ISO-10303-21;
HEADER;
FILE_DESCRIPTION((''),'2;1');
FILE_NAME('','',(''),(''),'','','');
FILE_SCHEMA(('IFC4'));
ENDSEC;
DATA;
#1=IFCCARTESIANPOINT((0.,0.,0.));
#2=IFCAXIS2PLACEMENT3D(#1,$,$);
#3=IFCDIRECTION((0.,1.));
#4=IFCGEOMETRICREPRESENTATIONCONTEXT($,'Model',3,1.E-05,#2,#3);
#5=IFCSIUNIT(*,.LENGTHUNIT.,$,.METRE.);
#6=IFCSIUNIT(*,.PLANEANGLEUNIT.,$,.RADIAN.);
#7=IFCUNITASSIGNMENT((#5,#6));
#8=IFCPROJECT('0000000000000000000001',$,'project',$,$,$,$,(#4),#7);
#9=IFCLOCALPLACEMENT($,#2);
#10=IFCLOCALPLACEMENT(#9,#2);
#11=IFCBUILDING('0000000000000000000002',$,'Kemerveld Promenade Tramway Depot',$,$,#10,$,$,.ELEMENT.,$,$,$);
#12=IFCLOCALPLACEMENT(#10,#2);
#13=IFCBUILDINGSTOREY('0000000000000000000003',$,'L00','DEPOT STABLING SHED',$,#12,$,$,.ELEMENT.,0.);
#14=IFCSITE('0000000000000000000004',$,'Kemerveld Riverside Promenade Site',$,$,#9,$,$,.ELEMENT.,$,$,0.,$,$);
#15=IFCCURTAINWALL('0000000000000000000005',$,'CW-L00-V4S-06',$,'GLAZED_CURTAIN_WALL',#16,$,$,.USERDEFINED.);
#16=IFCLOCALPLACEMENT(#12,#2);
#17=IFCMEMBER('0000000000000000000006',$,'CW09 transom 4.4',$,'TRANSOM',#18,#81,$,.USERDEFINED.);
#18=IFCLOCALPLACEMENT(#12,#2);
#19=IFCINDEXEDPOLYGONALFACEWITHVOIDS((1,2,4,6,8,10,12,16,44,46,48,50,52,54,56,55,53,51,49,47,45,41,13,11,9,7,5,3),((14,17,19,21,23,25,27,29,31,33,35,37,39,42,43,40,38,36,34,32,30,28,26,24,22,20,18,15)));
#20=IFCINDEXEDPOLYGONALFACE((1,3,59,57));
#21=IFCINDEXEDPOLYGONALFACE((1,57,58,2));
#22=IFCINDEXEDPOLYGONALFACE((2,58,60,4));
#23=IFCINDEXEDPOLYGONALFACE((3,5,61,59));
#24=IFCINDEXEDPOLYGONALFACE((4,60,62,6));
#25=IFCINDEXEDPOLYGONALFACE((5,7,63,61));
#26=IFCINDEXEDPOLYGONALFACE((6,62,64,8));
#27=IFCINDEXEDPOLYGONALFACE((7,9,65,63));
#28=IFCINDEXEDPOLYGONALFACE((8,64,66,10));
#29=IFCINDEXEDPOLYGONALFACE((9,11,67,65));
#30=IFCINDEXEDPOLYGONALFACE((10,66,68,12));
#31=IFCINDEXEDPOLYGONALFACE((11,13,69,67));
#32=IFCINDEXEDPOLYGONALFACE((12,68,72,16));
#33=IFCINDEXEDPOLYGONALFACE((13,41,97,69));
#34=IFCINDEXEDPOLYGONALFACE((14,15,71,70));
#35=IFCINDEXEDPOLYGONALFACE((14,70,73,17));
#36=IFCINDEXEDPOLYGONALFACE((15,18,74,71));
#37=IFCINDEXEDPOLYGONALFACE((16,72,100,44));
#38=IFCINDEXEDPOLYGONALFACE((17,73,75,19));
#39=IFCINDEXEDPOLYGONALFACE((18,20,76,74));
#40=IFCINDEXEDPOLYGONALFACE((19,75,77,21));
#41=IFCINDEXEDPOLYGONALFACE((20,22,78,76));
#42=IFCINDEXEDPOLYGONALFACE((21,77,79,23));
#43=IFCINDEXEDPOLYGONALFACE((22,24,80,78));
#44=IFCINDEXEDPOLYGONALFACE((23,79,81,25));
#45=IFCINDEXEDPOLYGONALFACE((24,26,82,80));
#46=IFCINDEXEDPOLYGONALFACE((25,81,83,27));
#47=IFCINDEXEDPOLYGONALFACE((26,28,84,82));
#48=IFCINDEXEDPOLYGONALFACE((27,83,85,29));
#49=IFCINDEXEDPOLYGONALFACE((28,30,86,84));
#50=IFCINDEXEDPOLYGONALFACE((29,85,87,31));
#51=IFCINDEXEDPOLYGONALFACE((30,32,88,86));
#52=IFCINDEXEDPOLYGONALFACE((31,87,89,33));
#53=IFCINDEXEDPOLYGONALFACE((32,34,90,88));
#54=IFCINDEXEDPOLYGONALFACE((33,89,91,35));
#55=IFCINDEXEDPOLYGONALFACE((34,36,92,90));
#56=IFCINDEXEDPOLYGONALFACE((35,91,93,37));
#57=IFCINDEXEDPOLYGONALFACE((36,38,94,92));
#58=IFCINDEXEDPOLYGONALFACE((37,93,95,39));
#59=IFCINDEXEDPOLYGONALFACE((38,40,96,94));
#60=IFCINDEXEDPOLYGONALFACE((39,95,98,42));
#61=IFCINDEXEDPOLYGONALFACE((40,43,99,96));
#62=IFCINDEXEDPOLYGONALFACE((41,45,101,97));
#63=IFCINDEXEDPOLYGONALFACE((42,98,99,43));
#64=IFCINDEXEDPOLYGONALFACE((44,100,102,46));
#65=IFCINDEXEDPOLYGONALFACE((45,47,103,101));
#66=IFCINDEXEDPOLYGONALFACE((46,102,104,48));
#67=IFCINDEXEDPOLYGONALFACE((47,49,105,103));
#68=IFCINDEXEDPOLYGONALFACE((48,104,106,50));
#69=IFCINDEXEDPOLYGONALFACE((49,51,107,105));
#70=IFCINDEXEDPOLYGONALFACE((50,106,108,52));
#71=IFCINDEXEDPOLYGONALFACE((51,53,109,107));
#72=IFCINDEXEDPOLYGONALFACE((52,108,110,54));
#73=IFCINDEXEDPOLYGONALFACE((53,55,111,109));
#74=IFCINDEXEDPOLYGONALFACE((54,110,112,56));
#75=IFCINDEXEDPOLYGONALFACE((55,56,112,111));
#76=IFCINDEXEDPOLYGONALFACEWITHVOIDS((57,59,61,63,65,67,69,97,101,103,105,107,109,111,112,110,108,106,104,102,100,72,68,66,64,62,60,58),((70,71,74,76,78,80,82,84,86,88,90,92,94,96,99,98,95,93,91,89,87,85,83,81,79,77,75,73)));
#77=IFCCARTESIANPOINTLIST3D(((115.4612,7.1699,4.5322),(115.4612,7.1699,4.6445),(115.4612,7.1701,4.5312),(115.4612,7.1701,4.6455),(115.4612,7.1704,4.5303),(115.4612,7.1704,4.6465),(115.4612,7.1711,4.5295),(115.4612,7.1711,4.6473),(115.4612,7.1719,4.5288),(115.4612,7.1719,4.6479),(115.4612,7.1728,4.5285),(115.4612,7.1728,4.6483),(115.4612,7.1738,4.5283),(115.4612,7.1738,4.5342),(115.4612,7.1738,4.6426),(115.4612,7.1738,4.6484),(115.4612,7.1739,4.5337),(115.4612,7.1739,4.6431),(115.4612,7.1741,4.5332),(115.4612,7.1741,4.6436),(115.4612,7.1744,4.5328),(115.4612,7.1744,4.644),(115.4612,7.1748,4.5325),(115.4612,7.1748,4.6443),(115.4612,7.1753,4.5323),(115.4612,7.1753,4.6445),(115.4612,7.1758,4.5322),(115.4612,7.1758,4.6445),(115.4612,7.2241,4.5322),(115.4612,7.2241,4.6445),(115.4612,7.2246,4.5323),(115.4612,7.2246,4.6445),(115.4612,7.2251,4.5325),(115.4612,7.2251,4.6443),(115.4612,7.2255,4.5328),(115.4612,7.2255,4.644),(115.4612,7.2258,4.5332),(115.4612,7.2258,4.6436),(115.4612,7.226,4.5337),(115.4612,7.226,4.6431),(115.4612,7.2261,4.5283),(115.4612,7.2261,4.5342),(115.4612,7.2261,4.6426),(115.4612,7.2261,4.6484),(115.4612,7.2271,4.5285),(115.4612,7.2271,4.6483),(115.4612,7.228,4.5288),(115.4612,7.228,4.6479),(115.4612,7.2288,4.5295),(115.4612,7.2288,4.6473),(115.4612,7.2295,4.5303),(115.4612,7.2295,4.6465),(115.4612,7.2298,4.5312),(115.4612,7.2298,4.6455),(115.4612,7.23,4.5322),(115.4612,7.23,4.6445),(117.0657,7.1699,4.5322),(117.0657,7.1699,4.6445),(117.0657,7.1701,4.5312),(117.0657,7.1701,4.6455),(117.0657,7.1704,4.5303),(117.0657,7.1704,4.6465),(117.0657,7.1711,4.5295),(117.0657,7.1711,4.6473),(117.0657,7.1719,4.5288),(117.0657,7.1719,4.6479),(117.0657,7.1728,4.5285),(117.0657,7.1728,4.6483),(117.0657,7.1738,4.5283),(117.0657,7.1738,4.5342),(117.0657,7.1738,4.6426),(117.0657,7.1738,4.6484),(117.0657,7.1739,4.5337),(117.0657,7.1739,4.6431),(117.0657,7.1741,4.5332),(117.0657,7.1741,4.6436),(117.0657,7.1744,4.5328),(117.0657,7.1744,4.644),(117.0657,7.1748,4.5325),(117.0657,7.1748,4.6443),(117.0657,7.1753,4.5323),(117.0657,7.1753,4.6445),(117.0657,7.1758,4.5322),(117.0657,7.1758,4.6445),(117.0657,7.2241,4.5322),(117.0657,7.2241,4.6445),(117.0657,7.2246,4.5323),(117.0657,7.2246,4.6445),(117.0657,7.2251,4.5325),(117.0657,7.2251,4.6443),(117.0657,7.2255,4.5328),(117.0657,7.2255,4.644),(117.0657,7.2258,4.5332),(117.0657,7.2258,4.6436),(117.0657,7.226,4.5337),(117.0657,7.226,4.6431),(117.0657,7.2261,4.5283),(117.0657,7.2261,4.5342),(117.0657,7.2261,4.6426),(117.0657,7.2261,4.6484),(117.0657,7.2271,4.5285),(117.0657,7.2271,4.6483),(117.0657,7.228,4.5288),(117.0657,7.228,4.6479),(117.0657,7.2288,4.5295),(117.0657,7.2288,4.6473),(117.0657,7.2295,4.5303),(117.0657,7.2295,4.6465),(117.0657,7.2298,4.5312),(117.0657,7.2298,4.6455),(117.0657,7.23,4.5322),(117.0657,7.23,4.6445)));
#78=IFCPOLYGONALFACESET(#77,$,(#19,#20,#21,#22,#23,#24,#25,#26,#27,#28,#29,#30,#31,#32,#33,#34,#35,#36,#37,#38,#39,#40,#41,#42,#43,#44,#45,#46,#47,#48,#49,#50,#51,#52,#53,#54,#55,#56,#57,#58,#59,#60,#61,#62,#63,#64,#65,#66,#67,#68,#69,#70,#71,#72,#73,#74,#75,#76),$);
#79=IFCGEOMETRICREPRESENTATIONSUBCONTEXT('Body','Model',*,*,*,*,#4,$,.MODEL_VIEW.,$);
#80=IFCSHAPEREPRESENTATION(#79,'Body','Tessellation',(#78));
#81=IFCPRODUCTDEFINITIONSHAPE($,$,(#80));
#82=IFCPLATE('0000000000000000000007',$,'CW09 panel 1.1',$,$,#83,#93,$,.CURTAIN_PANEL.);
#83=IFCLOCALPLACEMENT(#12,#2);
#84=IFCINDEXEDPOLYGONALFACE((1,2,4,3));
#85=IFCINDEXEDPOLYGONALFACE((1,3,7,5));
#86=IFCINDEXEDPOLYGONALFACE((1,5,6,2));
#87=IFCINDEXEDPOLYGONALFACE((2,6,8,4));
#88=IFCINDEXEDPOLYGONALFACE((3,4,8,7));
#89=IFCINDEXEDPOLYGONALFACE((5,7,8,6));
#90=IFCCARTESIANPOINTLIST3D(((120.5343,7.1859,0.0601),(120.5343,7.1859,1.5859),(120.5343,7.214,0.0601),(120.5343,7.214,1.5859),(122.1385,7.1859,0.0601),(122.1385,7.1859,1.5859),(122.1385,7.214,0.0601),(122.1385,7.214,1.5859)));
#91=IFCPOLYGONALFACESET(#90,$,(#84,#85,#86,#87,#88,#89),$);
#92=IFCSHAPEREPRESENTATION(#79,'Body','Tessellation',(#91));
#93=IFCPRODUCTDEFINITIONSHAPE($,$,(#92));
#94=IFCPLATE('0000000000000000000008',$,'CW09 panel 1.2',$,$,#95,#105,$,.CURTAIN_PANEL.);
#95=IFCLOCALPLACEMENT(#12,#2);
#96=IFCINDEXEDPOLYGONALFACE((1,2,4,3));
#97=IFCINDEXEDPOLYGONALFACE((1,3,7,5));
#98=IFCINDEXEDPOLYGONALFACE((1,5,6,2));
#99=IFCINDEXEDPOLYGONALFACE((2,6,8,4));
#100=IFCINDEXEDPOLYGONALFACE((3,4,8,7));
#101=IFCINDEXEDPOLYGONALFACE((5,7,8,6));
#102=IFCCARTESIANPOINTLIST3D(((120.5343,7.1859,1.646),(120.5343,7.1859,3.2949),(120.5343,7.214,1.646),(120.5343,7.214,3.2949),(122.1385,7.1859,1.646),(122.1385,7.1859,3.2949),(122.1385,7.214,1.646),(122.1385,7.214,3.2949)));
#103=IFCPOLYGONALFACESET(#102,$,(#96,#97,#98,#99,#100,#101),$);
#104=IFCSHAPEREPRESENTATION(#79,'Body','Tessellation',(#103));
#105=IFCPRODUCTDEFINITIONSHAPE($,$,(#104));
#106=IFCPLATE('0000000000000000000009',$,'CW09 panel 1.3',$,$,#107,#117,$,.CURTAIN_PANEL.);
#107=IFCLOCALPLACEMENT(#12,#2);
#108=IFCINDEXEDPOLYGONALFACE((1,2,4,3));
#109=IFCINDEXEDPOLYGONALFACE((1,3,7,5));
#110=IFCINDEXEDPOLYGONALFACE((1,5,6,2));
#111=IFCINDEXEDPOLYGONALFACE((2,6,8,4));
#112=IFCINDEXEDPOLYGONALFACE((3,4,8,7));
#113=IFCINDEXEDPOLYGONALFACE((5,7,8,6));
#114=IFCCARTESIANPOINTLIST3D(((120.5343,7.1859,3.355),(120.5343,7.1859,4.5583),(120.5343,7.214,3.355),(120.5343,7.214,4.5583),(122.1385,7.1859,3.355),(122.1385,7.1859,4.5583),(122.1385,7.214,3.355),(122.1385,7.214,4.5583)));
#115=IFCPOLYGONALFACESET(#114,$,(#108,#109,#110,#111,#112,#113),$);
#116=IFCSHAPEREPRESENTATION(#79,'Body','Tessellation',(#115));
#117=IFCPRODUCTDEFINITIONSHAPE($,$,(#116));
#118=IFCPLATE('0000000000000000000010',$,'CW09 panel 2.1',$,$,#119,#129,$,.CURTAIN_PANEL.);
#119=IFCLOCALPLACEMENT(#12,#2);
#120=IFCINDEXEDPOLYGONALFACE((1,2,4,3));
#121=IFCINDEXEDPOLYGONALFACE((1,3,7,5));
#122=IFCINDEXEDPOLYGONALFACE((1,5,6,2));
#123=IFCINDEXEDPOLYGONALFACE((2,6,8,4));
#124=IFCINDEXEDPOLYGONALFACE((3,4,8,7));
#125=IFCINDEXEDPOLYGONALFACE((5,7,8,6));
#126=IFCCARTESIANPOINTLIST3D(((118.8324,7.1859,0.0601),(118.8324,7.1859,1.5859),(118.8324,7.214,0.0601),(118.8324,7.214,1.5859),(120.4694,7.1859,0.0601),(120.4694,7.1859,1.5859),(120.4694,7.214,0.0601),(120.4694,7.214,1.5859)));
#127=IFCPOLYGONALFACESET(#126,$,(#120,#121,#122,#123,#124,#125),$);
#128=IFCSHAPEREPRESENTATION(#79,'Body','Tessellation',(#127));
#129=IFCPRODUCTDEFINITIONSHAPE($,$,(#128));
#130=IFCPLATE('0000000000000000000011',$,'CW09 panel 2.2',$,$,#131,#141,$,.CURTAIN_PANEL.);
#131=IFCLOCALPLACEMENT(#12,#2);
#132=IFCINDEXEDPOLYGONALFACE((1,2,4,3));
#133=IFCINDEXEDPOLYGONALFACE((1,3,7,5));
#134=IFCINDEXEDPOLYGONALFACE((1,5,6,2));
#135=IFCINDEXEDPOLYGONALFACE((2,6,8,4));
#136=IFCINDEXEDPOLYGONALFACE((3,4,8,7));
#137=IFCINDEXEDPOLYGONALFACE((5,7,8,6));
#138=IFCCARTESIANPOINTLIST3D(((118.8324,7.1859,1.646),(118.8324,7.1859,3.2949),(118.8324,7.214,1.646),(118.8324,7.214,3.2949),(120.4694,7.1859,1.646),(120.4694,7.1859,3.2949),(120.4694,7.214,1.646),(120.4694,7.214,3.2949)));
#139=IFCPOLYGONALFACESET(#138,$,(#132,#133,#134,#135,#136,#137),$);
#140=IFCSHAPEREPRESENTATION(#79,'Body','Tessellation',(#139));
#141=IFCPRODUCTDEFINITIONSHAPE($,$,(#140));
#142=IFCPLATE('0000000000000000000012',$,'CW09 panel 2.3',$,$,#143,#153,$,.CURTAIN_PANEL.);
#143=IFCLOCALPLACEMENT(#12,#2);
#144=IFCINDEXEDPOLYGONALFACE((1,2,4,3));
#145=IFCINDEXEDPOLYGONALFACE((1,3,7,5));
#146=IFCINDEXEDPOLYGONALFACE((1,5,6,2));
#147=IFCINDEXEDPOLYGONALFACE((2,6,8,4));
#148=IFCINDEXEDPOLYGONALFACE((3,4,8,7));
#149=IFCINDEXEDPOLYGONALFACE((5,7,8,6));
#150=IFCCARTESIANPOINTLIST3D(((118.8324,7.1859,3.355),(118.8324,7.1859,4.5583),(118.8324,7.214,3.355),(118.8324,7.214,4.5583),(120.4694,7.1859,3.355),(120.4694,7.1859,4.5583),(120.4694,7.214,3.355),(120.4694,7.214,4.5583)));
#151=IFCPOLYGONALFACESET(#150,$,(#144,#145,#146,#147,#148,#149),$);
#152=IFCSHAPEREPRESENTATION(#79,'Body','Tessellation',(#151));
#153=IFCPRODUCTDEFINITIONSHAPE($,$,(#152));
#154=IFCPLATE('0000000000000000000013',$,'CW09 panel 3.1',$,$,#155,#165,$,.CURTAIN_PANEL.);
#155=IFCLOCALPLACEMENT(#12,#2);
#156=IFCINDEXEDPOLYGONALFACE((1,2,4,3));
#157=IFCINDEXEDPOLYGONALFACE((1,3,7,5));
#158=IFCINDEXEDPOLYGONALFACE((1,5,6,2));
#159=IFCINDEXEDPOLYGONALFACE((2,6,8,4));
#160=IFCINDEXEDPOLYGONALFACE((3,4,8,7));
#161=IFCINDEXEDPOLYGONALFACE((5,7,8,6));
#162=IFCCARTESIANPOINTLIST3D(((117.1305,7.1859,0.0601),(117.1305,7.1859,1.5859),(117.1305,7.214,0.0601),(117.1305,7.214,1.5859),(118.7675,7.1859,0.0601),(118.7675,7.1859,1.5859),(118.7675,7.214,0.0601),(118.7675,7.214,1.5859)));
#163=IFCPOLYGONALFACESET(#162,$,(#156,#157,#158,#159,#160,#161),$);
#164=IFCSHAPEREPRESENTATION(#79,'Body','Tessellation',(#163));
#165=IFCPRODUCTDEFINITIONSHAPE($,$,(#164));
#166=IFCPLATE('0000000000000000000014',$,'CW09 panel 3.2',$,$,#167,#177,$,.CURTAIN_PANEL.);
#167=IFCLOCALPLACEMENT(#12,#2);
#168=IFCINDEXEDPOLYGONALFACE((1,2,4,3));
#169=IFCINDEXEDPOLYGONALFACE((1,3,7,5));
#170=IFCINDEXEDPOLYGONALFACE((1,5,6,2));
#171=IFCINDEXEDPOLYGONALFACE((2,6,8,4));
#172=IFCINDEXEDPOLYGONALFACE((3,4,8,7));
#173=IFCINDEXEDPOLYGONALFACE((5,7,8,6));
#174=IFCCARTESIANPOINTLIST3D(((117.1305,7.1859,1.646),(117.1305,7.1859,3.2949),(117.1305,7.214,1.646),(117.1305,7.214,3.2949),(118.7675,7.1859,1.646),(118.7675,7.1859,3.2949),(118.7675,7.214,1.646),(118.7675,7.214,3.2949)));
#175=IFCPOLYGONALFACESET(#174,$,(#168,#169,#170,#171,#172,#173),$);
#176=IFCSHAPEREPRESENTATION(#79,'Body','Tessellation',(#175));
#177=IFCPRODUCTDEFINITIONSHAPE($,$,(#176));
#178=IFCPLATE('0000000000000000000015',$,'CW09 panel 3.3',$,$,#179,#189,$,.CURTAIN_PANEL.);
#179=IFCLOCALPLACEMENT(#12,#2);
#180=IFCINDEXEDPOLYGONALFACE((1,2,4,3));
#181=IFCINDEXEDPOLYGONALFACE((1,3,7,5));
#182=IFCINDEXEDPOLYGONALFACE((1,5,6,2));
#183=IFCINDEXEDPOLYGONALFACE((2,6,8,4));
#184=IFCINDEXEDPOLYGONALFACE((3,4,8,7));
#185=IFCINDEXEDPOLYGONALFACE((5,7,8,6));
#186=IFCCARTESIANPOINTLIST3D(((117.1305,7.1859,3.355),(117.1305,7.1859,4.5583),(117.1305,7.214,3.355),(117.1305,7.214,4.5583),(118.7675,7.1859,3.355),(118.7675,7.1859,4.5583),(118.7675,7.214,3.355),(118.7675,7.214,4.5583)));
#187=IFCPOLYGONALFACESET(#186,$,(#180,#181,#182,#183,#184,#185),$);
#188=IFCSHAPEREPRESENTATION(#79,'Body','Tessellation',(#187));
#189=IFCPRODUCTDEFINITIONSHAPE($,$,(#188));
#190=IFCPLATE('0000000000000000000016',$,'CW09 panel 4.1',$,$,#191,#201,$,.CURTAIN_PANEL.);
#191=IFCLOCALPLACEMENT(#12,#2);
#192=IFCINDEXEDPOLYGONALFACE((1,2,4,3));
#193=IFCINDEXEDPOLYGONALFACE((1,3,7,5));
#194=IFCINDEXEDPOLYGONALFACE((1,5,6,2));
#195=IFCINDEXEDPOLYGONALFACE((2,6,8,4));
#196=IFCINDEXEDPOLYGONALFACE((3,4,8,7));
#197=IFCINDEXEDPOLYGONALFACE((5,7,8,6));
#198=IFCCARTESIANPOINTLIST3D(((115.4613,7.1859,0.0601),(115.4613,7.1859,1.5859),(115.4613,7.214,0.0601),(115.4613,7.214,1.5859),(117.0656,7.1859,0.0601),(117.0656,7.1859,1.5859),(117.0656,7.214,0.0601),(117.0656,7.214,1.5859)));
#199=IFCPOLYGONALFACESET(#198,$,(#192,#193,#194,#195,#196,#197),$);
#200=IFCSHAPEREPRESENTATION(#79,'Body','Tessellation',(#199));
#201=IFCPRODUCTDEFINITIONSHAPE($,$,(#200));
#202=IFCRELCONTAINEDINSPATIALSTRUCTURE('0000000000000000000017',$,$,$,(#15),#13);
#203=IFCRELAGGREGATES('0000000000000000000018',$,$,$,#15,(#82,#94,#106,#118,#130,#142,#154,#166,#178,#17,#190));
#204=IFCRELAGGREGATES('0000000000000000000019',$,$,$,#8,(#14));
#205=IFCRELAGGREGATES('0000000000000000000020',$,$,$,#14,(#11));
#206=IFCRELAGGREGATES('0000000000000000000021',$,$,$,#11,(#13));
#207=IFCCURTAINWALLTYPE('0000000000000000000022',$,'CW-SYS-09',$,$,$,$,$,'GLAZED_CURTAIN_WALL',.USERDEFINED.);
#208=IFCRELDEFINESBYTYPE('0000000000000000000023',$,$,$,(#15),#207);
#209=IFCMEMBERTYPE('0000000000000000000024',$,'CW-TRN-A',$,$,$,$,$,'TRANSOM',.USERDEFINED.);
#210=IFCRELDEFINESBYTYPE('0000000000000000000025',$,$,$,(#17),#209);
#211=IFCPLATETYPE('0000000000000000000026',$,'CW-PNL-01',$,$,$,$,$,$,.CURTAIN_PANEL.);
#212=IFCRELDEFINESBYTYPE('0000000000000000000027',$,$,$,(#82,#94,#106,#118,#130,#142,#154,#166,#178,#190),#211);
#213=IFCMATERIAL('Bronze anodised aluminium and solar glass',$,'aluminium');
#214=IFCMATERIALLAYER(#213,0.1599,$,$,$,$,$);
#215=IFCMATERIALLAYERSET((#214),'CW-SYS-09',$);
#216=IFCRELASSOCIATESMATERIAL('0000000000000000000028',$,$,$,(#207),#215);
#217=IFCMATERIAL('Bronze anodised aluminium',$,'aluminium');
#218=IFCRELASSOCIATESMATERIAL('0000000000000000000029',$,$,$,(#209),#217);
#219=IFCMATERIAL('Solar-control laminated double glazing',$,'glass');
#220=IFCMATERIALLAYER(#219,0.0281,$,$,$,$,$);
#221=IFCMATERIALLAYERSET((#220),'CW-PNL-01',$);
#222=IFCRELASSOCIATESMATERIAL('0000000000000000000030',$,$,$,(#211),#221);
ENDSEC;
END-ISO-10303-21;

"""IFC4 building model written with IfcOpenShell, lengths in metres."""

from ifc_helpers import new_model, si_unit, direction, frame, origin, origin_2d, place, context, subcontext, project, spatial, rectangle, hollow_rectangle, extrude, material, layer, layer_set, material_profile, profile_set, type_object, element, aggregate, save


model = new_model("IFC4")

# Units and contexts
model_context = context("Model", 3, precision=1e-05, world=origin(), true_north=direction((0.0, 1.0)))
body_context = subcontext(model_context, "Body", "Model", "MODEL_VIEW")
ifc_project = project(units=[si_unit("LENGTHUNIT", "METRE"), si_unit("PLANEANGLEUNIT", "RADIAN")], contexts=[model_context])

# Site, building, storey
site_placement = place(None, origin())
site = spatial("IfcSite", under=ifc_project, at=site_placement, Name="Kemerveld Riverside Promenade Site", CompositionType="ELEMENT", RefElevation=0.0)
building_placement = place(site_placement, origin())
building = spatial("IfcBuilding", under=site, at=building_placement, Name="Kemerveld Promenade Tramway Depot", CompositionType="ELEMENT")
storey_placement = place(building_placement, origin())
storey = spatial("IfcBuildingStorey", under=building, at=storey_placement, Name="L00", Description="DEPOT STABLING SHED", CompositionType="ELEMENT", Elevation=0.0)

# Curtain wall, member, plates
ifc_material_1 = material(Name="Bronze anodised aluminium and solar glass", Category="aluminium")
ifc_layer_1 = layer(ifc_material_1, 0.1599)
ifc_layer_set_1 = layer_set([ifc_layer_1], Name="CW-SYS-09")
curtain_wall_type = type_object("IfcCurtainWallType", Name="CW-SYS-09", ElementType="GLAZED_CURTAIN_WALL", PredefinedType="USERDEFINED", material=ifc_layer_set_1)
curtain_wall_placement = place(storey_placement, origin())
curtain_wall = element("IfcCurtainWall", 1, at=curtain_wall_placement, inside=storey, type_object=curtain_wall_type, Name="CW-L00-V4S-06", ObjectType="GLAZED_CURTAIN_WALL", PredefinedType="USERDEFINED")
ifc_material_2 = material(Name="Bronze anodised aluminium", Category="aluminium")
ifc_material_profile_1 = material_profile(ifc_material_2, hollow_rectangle(XDim=0.0601, YDim=0.1201, WallThickness=0.0039, InnerFilletRadius=0.002, OuterFilletRadius=0.0039, at=origin_2d()), Name="CW-TRN-120x60")
ifc_profile_set_1 = profile_set([ifc_material_profile_1], Name="Bronze anodised aluminium")
member_type_1 = type_object("IfcMemberType", Name="CW-TRN-A", ElementType="TRANSOM", PredefinedType="USERDEFINED", material=ifc_profile_set_1)
member_1_placement = place(storey_placement, frame((117.0657, 7.2, 4.5884), z_axis=(-1.0, 0.0, 0.0), x_axis=(0.0, -1.0, 0.0)))
member_1 = element("IfcMember", 2, at=member_1_placement, type_object=member_type_1, Name="CW09 transom 4.4", ObjectType="TRANSOM", PredefinedType="USERDEFINED", context=body_context, shape_type="SweptSolid", body=[
    extrude(hollow_rectangle(XDim=0.0601, YDim=0.1201, WallThickness=0.0039, InnerFilletRadius=0.002, OuterFilletRadius=0.0039, at=origin_2d()), origin(), (0.0, 0.0, 1.0), 1.6045),
])
ifc_material_3 = material(Name="Solar-control laminated double glazing", Category="glass")
ifc_layer_2 = layer(ifc_material_3, 0.0281)
ifc_layer_set_2 = layer_set([ifc_layer_2], Name="CW-PNL-01")
plate_type = type_object("IfcPlateType", Name="CW-PNL-01", PredefinedType="CURTAIN_PANEL", material=ifc_layer_set_2)
plate_1_placement = place(storey_placement, frame((121.3364, 7.2, 0.0601), z_axis=(0.0, 0.0, 1.0), x_axis=(-1.0, 0.0, 0.0)))
plate_1 = element("IfcPlate", 3, at=plate_1_placement, type_object=plate_type, Name="CW09 panel 1.1", PredefinedType="CURTAIN_PANEL", context=body_context, shape_type="SweptSolid", body=[
    extrude(rectangle(XDim=1.6042, YDim=0.0281, at=origin_2d()), origin(), (0.0, 0.0, 1.0), 1.5259),
])
plate_2_placement = place(storey_placement, frame((121.3364, 7.2, 1.646), z_axis=(0.0, 0.0, 1.0), x_axis=(-1.0, 0.0, 0.0)))
plate_2 = element("IfcPlate", 4, at=plate_2_placement, type_object=plate_type, Name="CW09 panel 1.2", PredefinedType="CURTAIN_PANEL", context=body_context, shape_type="SweptSolid", body=[
    extrude(rectangle(XDim=1.6042, YDim=0.0281, at=origin_2d()), origin(), (0.0, 0.0, 1.0), 1.6489),
])
plate_3_placement = place(storey_placement, frame((121.3364, 7.2, 3.355), z_axis=(0.0, 0.0, 1.0), x_axis=(-1.0, 0.0, 0.0)))
plate_3 = element("IfcPlate", 5, at=plate_3_placement, type_object=plate_type, Name="CW09 panel 1.3", PredefinedType="CURTAIN_PANEL", context=body_context, shape_type="SweptSolid", body=[
    extrude(rectangle(XDim=1.6042, YDim=0.0281, at=origin_2d()), origin(), (0.0, 0.0, 1.0), 1.2034),
])
plate_4_placement = place(storey_placement, frame((119.6509, 7.2, 0.0601), z_axis=(0.0, 0.0, 1.0), x_axis=(-1.0, 0.0, 0.0)))
plate_4 = element("IfcPlate", 6, at=plate_4_placement, type_object=plate_type, Name="CW09 panel 2.1", PredefinedType="CURTAIN_PANEL", context=body_context, shape_type="SweptSolid", body=[
    extrude(rectangle(XDim=1.637, YDim=0.0281, at=origin_2d()), origin(), (0.0, 0.0, 1.0), 1.5259),
])
plate_5_placement = place(storey_placement, frame((119.6509, 7.2, 1.646), z_axis=(0.0, 0.0, 1.0), x_axis=(-1.0, 0.0, 0.0)))
plate_5 = element("IfcPlate", 7, at=plate_5_placement, type_object=plate_type, Name="CW09 panel 2.2", PredefinedType="CURTAIN_PANEL", context=body_context, shape_type="SweptSolid", body=[
    extrude(rectangle(XDim=1.637, YDim=0.0281, at=origin_2d()), origin(), (0.0, 0.0, 1.0), 1.6489),
])
plate_6_placement = place(storey_placement, frame((119.6509, 7.2, 3.355), z_axis=(0.0, 0.0, 1.0), x_axis=(-1.0, 0.0, 0.0)))
plate_6 = element("IfcPlate", 8, at=plate_6_placement, type_object=plate_type, Name="CW09 panel 2.3", PredefinedType="CURTAIN_PANEL", context=body_context, shape_type="SweptSolid", body=[
    extrude(rectangle(XDim=1.637, YDim=0.0281, at=origin_2d()), origin(), (0.0, 0.0, 1.0), 1.2034),
])
plate_7_placement = place(storey_placement, frame((117.949, 7.2, 0.0601), z_axis=(0.0, 0.0, 1.0), x_axis=(-1.0, 0.0, 0.0)))
plate_7 = element("IfcPlate", 9, at=plate_7_placement, type_object=plate_type, Name="CW09 panel 3.1", PredefinedType="CURTAIN_PANEL", context=body_context, shape_type="SweptSolid", body=[
    extrude(rectangle(XDim=1.637, YDim=0.0281, at=origin_2d()), origin(), (0.0, 0.0, 1.0), 1.5259),
])
plate_8_placement = place(storey_placement, frame((117.949, 7.2, 1.646), z_axis=(0.0, 0.0, 1.0), x_axis=(-1.0, 0.0, 0.0)))
plate_8 = element("IfcPlate", 10, at=plate_8_placement, type_object=plate_type, Name="CW09 panel 3.2", PredefinedType="CURTAIN_PANEL", context=body_context, shape_type="SweptSolid", body=[
    extrude(rectangle(XDim=1.637, YDim=0.0281, at=origin_2d()), origin(), (0.0, 0.0, 1.0), 1.6489),
])
plate_9_placement = place(storey_placement, frame((117.949, 7.2, 3.355), z_axis=(0.0, 0.0, 1.0), x_axis=(-1.0, 0.0, 0.0)))
plate_9 = element("IfcPlate", 11, at=plate_9_placement, type_object=plate_type, Name="CW09 panel 3.3", PredefinedType="CURTAIN_PANEL", context=body_context, shape_type="SweptSolid", body=[
    extrude(rectangle(XDim=1.637, YDim=0.0281, at=origin_2d()), origin(), (0.0, 0.0, 1.0), 1.2034),
])
plate_10_placement = place(storey_placement, frame((116.2634, 7.2, 0.0601), z_axis=(0.0, 0.0, 1.0), x_axis=(-1.0, 0.0, 0.0)))
plate_10 = element("IfcPlate", 12, at=plate_10_placement, type_object=plate_type, Name="CW09 panel 4.1", PredefinedType="CURTAIN_PANEL", context=body_context, shape_type="SweptSolid", body=[
    extrude(rectangle(XDim=1.6042, YDim=0.0281, at=origin_2d()), origin(), (0.0, 0.0, 1.0), 1.5259),
])
aggregate(curtain_wall, [plate_1, plate_2, plate_3, plate_4, plate_5, plate_6, plate_7, plate_8, plate_9, member_1, plate_10])

save(model, "model.ifc")
